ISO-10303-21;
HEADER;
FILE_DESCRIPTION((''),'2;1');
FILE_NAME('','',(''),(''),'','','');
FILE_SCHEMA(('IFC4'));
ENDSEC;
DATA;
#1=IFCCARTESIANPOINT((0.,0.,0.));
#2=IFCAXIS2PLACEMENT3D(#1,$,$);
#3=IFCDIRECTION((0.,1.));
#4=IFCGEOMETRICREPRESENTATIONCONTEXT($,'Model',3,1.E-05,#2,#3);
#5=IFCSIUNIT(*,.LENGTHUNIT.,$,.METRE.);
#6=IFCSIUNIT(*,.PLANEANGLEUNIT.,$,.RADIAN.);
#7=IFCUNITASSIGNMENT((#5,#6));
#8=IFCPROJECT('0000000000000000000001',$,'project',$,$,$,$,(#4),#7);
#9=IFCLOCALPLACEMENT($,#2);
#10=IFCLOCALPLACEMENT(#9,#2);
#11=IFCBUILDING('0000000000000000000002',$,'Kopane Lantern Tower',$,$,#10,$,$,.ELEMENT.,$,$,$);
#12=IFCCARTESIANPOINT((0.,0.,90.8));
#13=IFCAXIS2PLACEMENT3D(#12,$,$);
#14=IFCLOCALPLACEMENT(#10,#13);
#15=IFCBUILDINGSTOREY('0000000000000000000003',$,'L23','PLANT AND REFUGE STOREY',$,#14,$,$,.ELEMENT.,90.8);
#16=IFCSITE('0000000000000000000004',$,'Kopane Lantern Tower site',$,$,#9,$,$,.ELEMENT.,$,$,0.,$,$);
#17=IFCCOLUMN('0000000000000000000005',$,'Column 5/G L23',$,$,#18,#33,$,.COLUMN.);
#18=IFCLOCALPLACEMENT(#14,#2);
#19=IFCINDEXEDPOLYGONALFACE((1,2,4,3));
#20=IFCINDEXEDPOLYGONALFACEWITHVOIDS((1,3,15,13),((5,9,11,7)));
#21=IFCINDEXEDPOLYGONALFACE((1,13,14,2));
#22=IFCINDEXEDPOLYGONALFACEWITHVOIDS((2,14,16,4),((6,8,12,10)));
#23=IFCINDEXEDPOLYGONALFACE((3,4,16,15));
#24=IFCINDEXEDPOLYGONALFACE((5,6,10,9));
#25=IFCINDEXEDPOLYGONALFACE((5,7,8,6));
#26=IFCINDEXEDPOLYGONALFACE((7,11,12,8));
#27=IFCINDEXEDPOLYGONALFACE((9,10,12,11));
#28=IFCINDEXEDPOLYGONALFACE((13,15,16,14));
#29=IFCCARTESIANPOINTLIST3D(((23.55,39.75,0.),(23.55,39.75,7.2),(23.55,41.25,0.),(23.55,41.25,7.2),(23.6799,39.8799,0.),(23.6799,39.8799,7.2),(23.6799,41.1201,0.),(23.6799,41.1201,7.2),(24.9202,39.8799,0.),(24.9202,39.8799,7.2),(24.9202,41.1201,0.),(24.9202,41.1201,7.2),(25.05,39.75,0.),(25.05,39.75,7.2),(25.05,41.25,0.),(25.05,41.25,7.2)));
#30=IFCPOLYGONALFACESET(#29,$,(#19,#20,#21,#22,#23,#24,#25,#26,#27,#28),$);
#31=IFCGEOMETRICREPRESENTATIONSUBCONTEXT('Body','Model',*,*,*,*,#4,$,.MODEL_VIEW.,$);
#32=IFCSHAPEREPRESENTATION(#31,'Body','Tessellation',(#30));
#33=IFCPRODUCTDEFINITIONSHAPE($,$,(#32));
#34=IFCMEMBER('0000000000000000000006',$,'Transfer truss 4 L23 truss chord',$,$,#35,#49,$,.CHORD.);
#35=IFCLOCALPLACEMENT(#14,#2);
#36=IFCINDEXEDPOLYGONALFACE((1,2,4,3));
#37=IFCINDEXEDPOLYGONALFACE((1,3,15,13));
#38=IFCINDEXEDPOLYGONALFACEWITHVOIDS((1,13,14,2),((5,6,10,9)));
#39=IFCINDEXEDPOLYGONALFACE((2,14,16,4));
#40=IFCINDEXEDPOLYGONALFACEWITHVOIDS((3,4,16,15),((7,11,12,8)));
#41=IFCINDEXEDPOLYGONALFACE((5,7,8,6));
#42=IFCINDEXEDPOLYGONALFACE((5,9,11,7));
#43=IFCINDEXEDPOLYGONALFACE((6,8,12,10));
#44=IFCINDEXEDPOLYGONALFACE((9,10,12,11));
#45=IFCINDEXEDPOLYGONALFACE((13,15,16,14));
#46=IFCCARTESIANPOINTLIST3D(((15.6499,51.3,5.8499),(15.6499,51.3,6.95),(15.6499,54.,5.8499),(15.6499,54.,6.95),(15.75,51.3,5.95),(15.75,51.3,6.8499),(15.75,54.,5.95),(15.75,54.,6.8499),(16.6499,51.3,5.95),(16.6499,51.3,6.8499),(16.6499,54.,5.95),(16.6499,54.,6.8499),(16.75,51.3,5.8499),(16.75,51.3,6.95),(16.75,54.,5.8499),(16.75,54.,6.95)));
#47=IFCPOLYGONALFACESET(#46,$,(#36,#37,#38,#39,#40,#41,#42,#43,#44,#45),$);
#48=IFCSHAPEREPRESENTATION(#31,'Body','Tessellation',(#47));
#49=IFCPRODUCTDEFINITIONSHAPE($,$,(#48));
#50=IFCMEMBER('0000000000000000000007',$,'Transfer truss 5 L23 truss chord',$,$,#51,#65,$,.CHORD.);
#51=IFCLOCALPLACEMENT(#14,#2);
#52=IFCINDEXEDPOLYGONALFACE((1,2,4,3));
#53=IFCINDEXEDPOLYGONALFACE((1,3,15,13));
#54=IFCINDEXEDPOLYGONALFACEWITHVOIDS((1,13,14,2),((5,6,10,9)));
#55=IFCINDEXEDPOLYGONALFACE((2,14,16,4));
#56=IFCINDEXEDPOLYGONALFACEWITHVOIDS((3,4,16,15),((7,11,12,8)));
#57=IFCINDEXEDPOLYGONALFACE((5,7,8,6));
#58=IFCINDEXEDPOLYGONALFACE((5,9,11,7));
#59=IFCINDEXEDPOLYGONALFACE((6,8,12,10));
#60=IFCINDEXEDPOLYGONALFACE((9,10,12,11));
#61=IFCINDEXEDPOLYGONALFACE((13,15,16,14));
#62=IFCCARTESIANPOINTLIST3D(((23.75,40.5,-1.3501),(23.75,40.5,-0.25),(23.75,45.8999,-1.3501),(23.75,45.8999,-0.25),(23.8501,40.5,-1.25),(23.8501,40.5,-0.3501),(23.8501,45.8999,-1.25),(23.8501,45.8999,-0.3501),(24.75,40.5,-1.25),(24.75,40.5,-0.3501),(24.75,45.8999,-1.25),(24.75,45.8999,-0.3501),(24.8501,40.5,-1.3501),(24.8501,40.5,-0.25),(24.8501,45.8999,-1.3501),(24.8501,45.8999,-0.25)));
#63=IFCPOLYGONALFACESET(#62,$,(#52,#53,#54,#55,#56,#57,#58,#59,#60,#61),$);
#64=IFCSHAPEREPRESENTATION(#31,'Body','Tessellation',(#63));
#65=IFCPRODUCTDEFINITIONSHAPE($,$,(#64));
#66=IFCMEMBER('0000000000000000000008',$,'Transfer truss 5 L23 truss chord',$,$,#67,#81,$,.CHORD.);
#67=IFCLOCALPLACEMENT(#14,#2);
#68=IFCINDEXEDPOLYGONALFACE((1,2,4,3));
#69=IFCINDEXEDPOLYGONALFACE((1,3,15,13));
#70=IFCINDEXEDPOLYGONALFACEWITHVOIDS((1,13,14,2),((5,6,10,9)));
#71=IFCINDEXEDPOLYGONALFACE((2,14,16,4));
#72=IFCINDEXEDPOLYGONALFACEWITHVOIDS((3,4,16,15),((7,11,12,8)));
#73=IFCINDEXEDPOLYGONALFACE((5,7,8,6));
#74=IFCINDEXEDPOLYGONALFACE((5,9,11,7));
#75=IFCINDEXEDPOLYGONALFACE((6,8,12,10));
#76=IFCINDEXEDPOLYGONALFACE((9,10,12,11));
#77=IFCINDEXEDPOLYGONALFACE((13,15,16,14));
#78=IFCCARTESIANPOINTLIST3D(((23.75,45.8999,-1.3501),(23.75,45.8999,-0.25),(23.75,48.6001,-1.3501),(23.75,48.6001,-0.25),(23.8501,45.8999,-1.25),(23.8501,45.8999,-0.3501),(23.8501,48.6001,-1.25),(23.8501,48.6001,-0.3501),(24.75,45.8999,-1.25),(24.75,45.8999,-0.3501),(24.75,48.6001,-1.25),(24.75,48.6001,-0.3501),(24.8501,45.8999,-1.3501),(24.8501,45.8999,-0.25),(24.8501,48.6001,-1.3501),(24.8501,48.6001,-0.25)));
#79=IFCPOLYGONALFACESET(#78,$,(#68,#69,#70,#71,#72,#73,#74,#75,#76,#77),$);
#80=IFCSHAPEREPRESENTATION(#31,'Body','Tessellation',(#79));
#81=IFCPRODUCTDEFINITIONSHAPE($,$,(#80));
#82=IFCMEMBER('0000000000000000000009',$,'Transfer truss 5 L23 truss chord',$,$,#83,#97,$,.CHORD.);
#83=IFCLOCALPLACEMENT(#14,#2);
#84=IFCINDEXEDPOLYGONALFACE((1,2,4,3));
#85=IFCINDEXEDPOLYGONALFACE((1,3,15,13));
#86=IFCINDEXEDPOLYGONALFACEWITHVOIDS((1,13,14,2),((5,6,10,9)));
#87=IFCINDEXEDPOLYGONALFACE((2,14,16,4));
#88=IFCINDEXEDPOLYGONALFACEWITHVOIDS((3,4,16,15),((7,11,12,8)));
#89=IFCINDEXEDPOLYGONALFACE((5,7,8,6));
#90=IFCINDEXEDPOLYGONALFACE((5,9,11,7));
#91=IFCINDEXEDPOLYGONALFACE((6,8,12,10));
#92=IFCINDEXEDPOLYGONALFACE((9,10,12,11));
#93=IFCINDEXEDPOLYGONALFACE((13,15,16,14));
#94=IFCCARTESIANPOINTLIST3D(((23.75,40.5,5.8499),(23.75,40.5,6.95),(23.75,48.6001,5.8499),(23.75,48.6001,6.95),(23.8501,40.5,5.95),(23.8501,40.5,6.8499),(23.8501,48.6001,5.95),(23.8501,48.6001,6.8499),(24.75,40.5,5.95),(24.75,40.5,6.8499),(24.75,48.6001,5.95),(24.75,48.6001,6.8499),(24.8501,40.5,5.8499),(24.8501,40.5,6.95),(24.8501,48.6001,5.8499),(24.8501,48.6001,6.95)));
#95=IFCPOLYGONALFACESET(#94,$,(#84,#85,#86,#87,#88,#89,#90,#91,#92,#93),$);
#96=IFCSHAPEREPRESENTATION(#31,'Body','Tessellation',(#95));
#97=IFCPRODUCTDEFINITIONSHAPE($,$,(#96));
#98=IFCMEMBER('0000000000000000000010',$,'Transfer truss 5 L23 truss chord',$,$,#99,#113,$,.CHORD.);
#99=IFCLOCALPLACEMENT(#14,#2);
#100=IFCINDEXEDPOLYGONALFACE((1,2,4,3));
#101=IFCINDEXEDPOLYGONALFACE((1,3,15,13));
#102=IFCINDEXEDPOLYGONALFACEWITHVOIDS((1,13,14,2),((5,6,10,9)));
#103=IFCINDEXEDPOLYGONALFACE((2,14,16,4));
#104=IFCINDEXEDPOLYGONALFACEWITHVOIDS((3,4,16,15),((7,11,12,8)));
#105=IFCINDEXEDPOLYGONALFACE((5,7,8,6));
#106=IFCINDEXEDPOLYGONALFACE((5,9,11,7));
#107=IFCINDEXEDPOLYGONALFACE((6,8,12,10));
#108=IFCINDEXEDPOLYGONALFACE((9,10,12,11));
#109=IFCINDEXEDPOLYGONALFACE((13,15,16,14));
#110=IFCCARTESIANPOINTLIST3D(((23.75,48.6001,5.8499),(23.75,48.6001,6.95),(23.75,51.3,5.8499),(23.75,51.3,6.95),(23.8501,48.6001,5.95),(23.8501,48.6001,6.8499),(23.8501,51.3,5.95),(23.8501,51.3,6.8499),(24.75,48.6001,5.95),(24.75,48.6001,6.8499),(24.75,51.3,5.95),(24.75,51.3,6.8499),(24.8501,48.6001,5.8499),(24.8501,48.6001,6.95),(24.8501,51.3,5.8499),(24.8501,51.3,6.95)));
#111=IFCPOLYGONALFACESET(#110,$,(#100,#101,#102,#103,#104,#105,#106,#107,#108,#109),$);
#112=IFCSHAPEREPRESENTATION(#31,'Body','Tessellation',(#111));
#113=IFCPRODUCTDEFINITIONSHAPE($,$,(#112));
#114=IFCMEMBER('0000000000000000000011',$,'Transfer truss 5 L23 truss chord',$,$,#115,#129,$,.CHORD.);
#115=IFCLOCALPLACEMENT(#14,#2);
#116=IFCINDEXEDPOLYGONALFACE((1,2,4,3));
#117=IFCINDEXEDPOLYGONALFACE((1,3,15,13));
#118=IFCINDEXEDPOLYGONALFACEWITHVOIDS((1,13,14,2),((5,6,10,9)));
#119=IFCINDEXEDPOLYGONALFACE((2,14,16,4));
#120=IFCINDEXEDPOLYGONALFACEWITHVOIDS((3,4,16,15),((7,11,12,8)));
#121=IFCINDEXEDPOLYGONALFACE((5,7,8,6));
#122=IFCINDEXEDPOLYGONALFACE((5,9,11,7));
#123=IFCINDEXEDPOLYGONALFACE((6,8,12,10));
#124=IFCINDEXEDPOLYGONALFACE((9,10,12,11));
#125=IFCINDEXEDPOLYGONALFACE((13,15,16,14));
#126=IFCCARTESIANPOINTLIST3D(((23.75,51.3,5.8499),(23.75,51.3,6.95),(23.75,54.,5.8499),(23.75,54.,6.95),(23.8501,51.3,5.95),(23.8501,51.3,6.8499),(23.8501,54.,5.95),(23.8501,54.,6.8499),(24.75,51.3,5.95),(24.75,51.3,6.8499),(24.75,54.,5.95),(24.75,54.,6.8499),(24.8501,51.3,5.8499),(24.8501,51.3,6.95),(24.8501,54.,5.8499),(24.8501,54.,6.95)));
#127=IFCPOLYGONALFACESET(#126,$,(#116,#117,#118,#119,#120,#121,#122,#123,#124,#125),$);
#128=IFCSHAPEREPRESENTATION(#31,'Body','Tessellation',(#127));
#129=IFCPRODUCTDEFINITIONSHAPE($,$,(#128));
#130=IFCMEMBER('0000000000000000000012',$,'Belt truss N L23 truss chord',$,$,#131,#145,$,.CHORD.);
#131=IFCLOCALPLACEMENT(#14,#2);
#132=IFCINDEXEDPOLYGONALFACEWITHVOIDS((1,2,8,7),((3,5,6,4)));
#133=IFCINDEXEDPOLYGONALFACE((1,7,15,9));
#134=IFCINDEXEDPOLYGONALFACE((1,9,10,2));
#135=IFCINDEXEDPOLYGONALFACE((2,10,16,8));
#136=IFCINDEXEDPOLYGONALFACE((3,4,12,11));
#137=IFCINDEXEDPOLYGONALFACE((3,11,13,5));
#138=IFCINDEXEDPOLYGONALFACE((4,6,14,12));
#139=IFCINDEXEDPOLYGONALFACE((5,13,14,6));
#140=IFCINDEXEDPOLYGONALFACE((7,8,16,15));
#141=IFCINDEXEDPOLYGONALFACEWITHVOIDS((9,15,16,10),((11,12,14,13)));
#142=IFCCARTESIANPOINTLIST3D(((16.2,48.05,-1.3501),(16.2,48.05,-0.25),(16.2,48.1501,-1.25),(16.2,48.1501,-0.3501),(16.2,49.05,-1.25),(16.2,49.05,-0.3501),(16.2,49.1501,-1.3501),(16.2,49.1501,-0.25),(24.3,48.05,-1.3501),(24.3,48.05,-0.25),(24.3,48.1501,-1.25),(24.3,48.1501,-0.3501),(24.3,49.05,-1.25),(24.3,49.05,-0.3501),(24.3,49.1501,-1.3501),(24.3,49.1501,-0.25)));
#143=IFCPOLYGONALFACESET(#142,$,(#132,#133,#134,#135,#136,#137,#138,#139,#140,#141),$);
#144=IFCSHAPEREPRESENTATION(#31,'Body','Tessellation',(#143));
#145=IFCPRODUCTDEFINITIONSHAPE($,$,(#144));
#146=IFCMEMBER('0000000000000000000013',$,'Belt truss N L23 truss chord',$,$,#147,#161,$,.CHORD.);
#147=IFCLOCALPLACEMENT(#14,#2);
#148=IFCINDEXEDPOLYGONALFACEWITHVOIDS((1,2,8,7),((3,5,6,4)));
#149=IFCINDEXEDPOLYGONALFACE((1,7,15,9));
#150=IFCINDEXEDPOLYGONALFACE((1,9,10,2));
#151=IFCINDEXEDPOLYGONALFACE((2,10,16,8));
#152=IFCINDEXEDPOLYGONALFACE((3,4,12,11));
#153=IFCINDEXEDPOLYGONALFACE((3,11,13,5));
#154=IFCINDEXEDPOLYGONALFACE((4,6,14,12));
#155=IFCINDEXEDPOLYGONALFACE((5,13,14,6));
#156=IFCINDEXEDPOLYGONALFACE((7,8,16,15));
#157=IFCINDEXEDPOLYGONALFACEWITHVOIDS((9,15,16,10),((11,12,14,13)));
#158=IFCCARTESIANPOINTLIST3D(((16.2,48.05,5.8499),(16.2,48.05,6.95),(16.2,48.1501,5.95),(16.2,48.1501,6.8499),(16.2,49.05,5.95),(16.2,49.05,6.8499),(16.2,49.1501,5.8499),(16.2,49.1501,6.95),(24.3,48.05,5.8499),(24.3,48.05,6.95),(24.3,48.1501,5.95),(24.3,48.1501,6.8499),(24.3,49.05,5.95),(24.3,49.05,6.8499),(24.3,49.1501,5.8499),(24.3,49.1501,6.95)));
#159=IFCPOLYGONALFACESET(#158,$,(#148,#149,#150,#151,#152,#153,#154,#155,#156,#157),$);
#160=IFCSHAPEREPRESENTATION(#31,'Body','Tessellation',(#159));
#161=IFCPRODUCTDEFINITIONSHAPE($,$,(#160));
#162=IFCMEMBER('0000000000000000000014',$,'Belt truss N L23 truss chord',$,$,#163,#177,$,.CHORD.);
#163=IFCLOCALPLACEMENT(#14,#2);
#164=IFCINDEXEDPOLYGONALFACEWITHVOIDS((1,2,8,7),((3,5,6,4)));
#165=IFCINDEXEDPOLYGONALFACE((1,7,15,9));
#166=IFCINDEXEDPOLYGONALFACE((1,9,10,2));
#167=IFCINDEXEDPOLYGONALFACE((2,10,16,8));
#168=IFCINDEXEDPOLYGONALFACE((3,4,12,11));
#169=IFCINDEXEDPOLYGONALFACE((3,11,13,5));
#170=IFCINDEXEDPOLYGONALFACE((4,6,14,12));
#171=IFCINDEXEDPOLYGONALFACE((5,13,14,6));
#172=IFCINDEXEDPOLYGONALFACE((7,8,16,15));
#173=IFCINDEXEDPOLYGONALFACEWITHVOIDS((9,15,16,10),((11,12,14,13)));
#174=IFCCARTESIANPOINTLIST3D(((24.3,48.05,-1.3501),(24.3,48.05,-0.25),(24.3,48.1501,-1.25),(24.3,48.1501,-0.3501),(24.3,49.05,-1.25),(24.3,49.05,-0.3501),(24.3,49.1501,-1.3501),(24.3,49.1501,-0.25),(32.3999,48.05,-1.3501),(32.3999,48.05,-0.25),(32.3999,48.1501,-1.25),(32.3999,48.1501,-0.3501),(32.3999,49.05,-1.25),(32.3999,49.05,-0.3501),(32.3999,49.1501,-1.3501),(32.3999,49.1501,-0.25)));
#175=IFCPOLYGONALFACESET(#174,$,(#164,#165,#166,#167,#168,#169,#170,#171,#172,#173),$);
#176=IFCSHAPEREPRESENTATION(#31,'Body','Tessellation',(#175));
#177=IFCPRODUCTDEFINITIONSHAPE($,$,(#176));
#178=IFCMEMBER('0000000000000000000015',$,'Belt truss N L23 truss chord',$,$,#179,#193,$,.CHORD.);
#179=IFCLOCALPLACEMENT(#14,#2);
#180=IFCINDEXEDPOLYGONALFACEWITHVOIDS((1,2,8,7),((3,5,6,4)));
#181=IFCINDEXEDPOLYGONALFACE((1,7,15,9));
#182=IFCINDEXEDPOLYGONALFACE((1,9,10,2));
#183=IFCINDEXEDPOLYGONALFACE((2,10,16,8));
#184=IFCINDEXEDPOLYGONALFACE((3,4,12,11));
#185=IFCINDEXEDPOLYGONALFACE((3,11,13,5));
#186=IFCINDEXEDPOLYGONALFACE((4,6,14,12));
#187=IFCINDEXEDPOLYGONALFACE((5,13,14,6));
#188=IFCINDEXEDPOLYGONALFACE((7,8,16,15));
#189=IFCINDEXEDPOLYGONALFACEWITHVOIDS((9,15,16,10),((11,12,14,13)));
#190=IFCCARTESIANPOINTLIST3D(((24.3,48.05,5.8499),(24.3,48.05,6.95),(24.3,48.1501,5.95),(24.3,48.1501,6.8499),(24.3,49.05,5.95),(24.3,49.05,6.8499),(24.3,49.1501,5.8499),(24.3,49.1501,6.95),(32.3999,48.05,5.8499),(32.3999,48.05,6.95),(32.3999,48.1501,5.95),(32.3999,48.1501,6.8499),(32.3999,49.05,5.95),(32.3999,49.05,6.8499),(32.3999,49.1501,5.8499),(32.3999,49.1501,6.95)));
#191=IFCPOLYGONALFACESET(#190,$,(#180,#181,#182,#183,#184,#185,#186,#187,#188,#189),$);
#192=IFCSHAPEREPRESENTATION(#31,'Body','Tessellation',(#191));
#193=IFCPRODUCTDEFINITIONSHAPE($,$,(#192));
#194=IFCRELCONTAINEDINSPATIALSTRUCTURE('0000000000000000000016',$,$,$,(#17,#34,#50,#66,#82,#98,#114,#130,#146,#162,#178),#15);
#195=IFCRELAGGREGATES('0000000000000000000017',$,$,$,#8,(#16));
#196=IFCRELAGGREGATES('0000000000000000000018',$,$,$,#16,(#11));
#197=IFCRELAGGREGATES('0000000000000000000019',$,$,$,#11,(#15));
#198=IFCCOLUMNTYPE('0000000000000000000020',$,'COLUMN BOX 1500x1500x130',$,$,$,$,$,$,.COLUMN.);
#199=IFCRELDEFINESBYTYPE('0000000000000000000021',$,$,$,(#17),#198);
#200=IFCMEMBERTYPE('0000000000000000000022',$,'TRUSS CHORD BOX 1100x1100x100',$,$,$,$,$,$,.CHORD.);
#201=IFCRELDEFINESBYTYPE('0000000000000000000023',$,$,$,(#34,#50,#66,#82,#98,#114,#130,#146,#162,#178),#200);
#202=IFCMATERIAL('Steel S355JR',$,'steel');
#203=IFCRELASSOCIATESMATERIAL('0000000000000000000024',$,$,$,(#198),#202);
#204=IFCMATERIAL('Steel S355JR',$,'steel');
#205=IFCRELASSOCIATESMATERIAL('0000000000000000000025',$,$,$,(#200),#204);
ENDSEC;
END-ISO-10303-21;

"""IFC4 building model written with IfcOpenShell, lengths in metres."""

from ifc_helpers import new_model, si_unit, direction, frame, origin, origin_2d, place, context, subcontext, project, spatial, hollow_rectangle, extrude, material, material_profile, profile_set, type_object, element, save


model = new_model("IFC4")

# Units and contexts
model_context = context("Model", 3, precision=1e-05, world=origin(), true_north=direction((0.0, 1.0)))
body_context = subcontext(model_context, "Body", "Model", "MODEL_VIEW")
ifc_project = project(units=[si_unit("LENGTHUNIT", "METRE"), si_unit("PLANEANGLEUNIT", "RADIAN")], contexts=[model_context])

# Site, building, storey
site_placement = place(None, origin())
site = spatial("IfcSite", under=ifc_project, at=site_placement, Name="Kopane Lantern Tower site", CompositionType="ELEMENT", RefElevation=0.0)
building_placement = place(site_placement, origin())
building = spatial("IfcBuilding", under=site, at=building_placement, Name="Kopane Lantern Tower", CompositionType="ELEMENT")
storey_placement = place(building_placement, frame((0.0, 0.0, 90.8)))
storey = spatial("IfcBuildingStorey", under=building, at=storey_placement, Name="L23", Description="PLANT AND REFUGE STOREY", CompositionType="ELEMENT", Elevation=90.8)

# Column
ifc_material_1 = material(Name="Steel S355JR", Category="steel")
ifc_material_profile_1 = material_profile(ifc_material_1, hollow_rectangle(XDim=1.5, YDim=1.5, WallThickness=0.1299, at=origin_2d()), Name="BOX 1500x1500x130")
ifc_profile_set_1 = profile_set([ifc_material_profile_1], Name="Steel S355JR")
column_type = type_object("IfcColumnType", Name="COLUMN BOX 1500x1500x130", PredefinedType="COLUMN", material=ifc_profile_set_1)
column_placement = place(storey_placement, frame((24.3, 40.5, 0.0), z_axis=(0.0, 0.0, 1.0), x_axis=(1.0, 0.0, 0.0)))
element("IfcColumn", 1, at=column_placement, inside=storey, type_object=column_type, Name="Column 5/G L23", PredefinedType="COLUMN", context=body_context, shape_type="SweptSolid", body=[
    extrude(hollow_rectangle(XDim=1.5, YDim=1.5, WallThickness=0.1299, at=origin_2d()), origin(), (0.0, 0.0, 1.0), 7.2),
])

# Members
ifc_material_2 = material(Name="Steel S355JR", Category="steel")
ifc_material_profile_2 = material_profile(ifc_material_2, hollow_rectangle(XDim=1.1001, YDim=1.1001, WallThickness=0.1001, at=origin_2d()), Name="BOX 1100x1100x100")
ifc_profile_set_2 = profile_set([ifc_material_profile_2], Name="Steel S355JR")
member_type_1 = type_object("IfcMemberType", Name="TRUSS CHORD BOX 1100x1100x100", PredefinedType="CHORD", material=ifc_profile_set_2)
member_1_placement = place(storey_placement, frame((16.2, 51.3, 6.3999), z_axis=(0.0, 1.0, 0.0), x_axis=(-1.0, 0.0, 0.0)))
element("IfcMember", 2, at=member_1_placement, inside=storey, type_object=member_type_1, Name="Transfer truss 4 L23 truss chord", PredefinedType="CHORD", context=body_context, shape_type="SweptSolid", body=[
    extrude(hollow_rectangle(XDim=1.1001, YDim=1.1001, WallThickness=0.1001, at=origin_2d()), origin(), (0.0, 0.0, 1.0), 2.7),
])
member_2_placement = place(storey_placement, frame((24.3, 40.5, -0.8), z_axis=(0.0, 1.0, 0.0), x_axis=(-1.0, 0.0, 0.0)))
element("IfcMember", 3, at=member_2_placement, inside=storey, type_object=member_type_1, Name="Transfer truss 5 L23 truss chord", PredefinedType="CHORD", context=body_context, shape_type="SweptSolid", body=[
    extrude(hollow_rectangle(XDim=1.1001, YDim=1.1001, WallThickness=0.1001, at=origin_2d()), origin(), (0.0, 0.0, 1.0), 5.3999),
])
member_3_placement = place(storey_placement, frame((24.3, 45.8999, -0.8), z_axis=(0.0, 1.0, 0.0), x_axis=(-1.0, 0.0, 0.0)))
element("IfcMember", 4, at=member_3_placement, inside=storey, type_object=member_type_1, Name="Transfer truss 5 L23 truss chord", PredefinedType="CHORD", context=body_context, shape_type="SweptSolid", body=[
    extrude(hollow_rectangle(XDim=1.1001, YDim=1.1001, WallThickness=0.1001, at=origin_2d()), origin(), (0.0, 0.0, 1.0), 2.7002),
])
member_4_placement = place(storey_placement, frame((24.3, 40.5, 6.3999), z_axis=(0.0, 1.0, 0.0), x_axis=(-1.0, 0.0, 0.0)))
element("IfcMember", 5, at=member_4_placement, inside=storey, type_object=member_type_1, Name="Transfer truss 5 L23 truss chord", PredefinedType="CHORD", context=body_context, shape_type="SweptSolid", body=[
    extrude(hollow_rectangle(XDim=1.1001, YDim=1.1001, WallThickness=0.1001, at=origin_2d()), origin(), (0.0, 0.0, 1.0), 8.1001),
])
for number, where, z_axis, x_axis, name in (
    (6, (24.3, 48.6001, 6.3999), (0.0, 1.0, 0.0), (-1.0, 0.0, 0.0), "Transfer truss 5 L23 truss chord"),
    (7, (24.3, 51.3, 6.3999), (0.0, 1.0, 0.0), (-1.0, 0.0, 0.0), "Transfer truss 5 L23 truss chord"),
):
    element("IfcMember", number, at=place(storey_placement, frame(where, z_axis=z_axis, x_axis=x_axis)), inside=storey, type_object=member_type_1, Name=name, PredefinedType="CHORD", context=body_context, shape_type="SweptSolid", body=[
        extrude(hollow_rectangle(XDim=1.1001, YDim=1.1001, WallThickness=0.1001, at=origin_2d()), origin(), (0.0, 0.0, 1.0), 2.7),
    ])
for number, where, z_axis, x_axis, name in (
    (8, (16.2, 48.6001, -0.8), (1.0, 0.0, 0.0), (0.0, 1.0, 0.0), "Belt truss N L23 truss chord"),
    (9, (16.2, 48.6001, 6.3999), (1.0, 0.0, 0.0), (0.0, 1.0, 0.0), "Belt truss N L23 truss chord"),
):
    element("IfcMember", number, at=place(storey_placement, frame(where, z_axis=z_axis, x_axis=x_axis)), inside=storey, type_object=member_type_1, Name=name, PredefinedType="CHORD", context=body_context, shape_type="SweptSolid", body=[
        extrude(hollow_rectangle(XDim=1.1001, YDim=1.1001, WallThickness=0.1001, at=origin_2d()), origin(), (0.0, 0.0, 1.0), 8.1001),
    ])
for number, where, z_axis, x_axis, name in (
    (10, (24.3, 48.6001, -0.8), (1.0, 0.0, 0.0), (0.0, 1.0, 0.0), "Belt truss N L23 truss chord"),
    (11, (24.3, 48.6001, 6.3999), (1.0, 0.0, 0.0), (0.0, 1.0, 0.0), "Belt truss N L23 truss chord"),
):
    element("IfcMember", number, at=place(storey_placement, frame(where, z_axis=z_axis, x_axis=x_axis)), inside=storey, type_object=member_type_1, Name=name, PredefinedType="CHORD", context=body_context, shape_type="SweptSolid", body=[
        extrude(hollow_rectangle(XDim=1.1001, YDim=1.1001, WallThickness=0.1001, at=origin_2d()), origin(), (0.0, 0.0, 1.0), 8.0999),
    ])

save(model, "model.ifc")
